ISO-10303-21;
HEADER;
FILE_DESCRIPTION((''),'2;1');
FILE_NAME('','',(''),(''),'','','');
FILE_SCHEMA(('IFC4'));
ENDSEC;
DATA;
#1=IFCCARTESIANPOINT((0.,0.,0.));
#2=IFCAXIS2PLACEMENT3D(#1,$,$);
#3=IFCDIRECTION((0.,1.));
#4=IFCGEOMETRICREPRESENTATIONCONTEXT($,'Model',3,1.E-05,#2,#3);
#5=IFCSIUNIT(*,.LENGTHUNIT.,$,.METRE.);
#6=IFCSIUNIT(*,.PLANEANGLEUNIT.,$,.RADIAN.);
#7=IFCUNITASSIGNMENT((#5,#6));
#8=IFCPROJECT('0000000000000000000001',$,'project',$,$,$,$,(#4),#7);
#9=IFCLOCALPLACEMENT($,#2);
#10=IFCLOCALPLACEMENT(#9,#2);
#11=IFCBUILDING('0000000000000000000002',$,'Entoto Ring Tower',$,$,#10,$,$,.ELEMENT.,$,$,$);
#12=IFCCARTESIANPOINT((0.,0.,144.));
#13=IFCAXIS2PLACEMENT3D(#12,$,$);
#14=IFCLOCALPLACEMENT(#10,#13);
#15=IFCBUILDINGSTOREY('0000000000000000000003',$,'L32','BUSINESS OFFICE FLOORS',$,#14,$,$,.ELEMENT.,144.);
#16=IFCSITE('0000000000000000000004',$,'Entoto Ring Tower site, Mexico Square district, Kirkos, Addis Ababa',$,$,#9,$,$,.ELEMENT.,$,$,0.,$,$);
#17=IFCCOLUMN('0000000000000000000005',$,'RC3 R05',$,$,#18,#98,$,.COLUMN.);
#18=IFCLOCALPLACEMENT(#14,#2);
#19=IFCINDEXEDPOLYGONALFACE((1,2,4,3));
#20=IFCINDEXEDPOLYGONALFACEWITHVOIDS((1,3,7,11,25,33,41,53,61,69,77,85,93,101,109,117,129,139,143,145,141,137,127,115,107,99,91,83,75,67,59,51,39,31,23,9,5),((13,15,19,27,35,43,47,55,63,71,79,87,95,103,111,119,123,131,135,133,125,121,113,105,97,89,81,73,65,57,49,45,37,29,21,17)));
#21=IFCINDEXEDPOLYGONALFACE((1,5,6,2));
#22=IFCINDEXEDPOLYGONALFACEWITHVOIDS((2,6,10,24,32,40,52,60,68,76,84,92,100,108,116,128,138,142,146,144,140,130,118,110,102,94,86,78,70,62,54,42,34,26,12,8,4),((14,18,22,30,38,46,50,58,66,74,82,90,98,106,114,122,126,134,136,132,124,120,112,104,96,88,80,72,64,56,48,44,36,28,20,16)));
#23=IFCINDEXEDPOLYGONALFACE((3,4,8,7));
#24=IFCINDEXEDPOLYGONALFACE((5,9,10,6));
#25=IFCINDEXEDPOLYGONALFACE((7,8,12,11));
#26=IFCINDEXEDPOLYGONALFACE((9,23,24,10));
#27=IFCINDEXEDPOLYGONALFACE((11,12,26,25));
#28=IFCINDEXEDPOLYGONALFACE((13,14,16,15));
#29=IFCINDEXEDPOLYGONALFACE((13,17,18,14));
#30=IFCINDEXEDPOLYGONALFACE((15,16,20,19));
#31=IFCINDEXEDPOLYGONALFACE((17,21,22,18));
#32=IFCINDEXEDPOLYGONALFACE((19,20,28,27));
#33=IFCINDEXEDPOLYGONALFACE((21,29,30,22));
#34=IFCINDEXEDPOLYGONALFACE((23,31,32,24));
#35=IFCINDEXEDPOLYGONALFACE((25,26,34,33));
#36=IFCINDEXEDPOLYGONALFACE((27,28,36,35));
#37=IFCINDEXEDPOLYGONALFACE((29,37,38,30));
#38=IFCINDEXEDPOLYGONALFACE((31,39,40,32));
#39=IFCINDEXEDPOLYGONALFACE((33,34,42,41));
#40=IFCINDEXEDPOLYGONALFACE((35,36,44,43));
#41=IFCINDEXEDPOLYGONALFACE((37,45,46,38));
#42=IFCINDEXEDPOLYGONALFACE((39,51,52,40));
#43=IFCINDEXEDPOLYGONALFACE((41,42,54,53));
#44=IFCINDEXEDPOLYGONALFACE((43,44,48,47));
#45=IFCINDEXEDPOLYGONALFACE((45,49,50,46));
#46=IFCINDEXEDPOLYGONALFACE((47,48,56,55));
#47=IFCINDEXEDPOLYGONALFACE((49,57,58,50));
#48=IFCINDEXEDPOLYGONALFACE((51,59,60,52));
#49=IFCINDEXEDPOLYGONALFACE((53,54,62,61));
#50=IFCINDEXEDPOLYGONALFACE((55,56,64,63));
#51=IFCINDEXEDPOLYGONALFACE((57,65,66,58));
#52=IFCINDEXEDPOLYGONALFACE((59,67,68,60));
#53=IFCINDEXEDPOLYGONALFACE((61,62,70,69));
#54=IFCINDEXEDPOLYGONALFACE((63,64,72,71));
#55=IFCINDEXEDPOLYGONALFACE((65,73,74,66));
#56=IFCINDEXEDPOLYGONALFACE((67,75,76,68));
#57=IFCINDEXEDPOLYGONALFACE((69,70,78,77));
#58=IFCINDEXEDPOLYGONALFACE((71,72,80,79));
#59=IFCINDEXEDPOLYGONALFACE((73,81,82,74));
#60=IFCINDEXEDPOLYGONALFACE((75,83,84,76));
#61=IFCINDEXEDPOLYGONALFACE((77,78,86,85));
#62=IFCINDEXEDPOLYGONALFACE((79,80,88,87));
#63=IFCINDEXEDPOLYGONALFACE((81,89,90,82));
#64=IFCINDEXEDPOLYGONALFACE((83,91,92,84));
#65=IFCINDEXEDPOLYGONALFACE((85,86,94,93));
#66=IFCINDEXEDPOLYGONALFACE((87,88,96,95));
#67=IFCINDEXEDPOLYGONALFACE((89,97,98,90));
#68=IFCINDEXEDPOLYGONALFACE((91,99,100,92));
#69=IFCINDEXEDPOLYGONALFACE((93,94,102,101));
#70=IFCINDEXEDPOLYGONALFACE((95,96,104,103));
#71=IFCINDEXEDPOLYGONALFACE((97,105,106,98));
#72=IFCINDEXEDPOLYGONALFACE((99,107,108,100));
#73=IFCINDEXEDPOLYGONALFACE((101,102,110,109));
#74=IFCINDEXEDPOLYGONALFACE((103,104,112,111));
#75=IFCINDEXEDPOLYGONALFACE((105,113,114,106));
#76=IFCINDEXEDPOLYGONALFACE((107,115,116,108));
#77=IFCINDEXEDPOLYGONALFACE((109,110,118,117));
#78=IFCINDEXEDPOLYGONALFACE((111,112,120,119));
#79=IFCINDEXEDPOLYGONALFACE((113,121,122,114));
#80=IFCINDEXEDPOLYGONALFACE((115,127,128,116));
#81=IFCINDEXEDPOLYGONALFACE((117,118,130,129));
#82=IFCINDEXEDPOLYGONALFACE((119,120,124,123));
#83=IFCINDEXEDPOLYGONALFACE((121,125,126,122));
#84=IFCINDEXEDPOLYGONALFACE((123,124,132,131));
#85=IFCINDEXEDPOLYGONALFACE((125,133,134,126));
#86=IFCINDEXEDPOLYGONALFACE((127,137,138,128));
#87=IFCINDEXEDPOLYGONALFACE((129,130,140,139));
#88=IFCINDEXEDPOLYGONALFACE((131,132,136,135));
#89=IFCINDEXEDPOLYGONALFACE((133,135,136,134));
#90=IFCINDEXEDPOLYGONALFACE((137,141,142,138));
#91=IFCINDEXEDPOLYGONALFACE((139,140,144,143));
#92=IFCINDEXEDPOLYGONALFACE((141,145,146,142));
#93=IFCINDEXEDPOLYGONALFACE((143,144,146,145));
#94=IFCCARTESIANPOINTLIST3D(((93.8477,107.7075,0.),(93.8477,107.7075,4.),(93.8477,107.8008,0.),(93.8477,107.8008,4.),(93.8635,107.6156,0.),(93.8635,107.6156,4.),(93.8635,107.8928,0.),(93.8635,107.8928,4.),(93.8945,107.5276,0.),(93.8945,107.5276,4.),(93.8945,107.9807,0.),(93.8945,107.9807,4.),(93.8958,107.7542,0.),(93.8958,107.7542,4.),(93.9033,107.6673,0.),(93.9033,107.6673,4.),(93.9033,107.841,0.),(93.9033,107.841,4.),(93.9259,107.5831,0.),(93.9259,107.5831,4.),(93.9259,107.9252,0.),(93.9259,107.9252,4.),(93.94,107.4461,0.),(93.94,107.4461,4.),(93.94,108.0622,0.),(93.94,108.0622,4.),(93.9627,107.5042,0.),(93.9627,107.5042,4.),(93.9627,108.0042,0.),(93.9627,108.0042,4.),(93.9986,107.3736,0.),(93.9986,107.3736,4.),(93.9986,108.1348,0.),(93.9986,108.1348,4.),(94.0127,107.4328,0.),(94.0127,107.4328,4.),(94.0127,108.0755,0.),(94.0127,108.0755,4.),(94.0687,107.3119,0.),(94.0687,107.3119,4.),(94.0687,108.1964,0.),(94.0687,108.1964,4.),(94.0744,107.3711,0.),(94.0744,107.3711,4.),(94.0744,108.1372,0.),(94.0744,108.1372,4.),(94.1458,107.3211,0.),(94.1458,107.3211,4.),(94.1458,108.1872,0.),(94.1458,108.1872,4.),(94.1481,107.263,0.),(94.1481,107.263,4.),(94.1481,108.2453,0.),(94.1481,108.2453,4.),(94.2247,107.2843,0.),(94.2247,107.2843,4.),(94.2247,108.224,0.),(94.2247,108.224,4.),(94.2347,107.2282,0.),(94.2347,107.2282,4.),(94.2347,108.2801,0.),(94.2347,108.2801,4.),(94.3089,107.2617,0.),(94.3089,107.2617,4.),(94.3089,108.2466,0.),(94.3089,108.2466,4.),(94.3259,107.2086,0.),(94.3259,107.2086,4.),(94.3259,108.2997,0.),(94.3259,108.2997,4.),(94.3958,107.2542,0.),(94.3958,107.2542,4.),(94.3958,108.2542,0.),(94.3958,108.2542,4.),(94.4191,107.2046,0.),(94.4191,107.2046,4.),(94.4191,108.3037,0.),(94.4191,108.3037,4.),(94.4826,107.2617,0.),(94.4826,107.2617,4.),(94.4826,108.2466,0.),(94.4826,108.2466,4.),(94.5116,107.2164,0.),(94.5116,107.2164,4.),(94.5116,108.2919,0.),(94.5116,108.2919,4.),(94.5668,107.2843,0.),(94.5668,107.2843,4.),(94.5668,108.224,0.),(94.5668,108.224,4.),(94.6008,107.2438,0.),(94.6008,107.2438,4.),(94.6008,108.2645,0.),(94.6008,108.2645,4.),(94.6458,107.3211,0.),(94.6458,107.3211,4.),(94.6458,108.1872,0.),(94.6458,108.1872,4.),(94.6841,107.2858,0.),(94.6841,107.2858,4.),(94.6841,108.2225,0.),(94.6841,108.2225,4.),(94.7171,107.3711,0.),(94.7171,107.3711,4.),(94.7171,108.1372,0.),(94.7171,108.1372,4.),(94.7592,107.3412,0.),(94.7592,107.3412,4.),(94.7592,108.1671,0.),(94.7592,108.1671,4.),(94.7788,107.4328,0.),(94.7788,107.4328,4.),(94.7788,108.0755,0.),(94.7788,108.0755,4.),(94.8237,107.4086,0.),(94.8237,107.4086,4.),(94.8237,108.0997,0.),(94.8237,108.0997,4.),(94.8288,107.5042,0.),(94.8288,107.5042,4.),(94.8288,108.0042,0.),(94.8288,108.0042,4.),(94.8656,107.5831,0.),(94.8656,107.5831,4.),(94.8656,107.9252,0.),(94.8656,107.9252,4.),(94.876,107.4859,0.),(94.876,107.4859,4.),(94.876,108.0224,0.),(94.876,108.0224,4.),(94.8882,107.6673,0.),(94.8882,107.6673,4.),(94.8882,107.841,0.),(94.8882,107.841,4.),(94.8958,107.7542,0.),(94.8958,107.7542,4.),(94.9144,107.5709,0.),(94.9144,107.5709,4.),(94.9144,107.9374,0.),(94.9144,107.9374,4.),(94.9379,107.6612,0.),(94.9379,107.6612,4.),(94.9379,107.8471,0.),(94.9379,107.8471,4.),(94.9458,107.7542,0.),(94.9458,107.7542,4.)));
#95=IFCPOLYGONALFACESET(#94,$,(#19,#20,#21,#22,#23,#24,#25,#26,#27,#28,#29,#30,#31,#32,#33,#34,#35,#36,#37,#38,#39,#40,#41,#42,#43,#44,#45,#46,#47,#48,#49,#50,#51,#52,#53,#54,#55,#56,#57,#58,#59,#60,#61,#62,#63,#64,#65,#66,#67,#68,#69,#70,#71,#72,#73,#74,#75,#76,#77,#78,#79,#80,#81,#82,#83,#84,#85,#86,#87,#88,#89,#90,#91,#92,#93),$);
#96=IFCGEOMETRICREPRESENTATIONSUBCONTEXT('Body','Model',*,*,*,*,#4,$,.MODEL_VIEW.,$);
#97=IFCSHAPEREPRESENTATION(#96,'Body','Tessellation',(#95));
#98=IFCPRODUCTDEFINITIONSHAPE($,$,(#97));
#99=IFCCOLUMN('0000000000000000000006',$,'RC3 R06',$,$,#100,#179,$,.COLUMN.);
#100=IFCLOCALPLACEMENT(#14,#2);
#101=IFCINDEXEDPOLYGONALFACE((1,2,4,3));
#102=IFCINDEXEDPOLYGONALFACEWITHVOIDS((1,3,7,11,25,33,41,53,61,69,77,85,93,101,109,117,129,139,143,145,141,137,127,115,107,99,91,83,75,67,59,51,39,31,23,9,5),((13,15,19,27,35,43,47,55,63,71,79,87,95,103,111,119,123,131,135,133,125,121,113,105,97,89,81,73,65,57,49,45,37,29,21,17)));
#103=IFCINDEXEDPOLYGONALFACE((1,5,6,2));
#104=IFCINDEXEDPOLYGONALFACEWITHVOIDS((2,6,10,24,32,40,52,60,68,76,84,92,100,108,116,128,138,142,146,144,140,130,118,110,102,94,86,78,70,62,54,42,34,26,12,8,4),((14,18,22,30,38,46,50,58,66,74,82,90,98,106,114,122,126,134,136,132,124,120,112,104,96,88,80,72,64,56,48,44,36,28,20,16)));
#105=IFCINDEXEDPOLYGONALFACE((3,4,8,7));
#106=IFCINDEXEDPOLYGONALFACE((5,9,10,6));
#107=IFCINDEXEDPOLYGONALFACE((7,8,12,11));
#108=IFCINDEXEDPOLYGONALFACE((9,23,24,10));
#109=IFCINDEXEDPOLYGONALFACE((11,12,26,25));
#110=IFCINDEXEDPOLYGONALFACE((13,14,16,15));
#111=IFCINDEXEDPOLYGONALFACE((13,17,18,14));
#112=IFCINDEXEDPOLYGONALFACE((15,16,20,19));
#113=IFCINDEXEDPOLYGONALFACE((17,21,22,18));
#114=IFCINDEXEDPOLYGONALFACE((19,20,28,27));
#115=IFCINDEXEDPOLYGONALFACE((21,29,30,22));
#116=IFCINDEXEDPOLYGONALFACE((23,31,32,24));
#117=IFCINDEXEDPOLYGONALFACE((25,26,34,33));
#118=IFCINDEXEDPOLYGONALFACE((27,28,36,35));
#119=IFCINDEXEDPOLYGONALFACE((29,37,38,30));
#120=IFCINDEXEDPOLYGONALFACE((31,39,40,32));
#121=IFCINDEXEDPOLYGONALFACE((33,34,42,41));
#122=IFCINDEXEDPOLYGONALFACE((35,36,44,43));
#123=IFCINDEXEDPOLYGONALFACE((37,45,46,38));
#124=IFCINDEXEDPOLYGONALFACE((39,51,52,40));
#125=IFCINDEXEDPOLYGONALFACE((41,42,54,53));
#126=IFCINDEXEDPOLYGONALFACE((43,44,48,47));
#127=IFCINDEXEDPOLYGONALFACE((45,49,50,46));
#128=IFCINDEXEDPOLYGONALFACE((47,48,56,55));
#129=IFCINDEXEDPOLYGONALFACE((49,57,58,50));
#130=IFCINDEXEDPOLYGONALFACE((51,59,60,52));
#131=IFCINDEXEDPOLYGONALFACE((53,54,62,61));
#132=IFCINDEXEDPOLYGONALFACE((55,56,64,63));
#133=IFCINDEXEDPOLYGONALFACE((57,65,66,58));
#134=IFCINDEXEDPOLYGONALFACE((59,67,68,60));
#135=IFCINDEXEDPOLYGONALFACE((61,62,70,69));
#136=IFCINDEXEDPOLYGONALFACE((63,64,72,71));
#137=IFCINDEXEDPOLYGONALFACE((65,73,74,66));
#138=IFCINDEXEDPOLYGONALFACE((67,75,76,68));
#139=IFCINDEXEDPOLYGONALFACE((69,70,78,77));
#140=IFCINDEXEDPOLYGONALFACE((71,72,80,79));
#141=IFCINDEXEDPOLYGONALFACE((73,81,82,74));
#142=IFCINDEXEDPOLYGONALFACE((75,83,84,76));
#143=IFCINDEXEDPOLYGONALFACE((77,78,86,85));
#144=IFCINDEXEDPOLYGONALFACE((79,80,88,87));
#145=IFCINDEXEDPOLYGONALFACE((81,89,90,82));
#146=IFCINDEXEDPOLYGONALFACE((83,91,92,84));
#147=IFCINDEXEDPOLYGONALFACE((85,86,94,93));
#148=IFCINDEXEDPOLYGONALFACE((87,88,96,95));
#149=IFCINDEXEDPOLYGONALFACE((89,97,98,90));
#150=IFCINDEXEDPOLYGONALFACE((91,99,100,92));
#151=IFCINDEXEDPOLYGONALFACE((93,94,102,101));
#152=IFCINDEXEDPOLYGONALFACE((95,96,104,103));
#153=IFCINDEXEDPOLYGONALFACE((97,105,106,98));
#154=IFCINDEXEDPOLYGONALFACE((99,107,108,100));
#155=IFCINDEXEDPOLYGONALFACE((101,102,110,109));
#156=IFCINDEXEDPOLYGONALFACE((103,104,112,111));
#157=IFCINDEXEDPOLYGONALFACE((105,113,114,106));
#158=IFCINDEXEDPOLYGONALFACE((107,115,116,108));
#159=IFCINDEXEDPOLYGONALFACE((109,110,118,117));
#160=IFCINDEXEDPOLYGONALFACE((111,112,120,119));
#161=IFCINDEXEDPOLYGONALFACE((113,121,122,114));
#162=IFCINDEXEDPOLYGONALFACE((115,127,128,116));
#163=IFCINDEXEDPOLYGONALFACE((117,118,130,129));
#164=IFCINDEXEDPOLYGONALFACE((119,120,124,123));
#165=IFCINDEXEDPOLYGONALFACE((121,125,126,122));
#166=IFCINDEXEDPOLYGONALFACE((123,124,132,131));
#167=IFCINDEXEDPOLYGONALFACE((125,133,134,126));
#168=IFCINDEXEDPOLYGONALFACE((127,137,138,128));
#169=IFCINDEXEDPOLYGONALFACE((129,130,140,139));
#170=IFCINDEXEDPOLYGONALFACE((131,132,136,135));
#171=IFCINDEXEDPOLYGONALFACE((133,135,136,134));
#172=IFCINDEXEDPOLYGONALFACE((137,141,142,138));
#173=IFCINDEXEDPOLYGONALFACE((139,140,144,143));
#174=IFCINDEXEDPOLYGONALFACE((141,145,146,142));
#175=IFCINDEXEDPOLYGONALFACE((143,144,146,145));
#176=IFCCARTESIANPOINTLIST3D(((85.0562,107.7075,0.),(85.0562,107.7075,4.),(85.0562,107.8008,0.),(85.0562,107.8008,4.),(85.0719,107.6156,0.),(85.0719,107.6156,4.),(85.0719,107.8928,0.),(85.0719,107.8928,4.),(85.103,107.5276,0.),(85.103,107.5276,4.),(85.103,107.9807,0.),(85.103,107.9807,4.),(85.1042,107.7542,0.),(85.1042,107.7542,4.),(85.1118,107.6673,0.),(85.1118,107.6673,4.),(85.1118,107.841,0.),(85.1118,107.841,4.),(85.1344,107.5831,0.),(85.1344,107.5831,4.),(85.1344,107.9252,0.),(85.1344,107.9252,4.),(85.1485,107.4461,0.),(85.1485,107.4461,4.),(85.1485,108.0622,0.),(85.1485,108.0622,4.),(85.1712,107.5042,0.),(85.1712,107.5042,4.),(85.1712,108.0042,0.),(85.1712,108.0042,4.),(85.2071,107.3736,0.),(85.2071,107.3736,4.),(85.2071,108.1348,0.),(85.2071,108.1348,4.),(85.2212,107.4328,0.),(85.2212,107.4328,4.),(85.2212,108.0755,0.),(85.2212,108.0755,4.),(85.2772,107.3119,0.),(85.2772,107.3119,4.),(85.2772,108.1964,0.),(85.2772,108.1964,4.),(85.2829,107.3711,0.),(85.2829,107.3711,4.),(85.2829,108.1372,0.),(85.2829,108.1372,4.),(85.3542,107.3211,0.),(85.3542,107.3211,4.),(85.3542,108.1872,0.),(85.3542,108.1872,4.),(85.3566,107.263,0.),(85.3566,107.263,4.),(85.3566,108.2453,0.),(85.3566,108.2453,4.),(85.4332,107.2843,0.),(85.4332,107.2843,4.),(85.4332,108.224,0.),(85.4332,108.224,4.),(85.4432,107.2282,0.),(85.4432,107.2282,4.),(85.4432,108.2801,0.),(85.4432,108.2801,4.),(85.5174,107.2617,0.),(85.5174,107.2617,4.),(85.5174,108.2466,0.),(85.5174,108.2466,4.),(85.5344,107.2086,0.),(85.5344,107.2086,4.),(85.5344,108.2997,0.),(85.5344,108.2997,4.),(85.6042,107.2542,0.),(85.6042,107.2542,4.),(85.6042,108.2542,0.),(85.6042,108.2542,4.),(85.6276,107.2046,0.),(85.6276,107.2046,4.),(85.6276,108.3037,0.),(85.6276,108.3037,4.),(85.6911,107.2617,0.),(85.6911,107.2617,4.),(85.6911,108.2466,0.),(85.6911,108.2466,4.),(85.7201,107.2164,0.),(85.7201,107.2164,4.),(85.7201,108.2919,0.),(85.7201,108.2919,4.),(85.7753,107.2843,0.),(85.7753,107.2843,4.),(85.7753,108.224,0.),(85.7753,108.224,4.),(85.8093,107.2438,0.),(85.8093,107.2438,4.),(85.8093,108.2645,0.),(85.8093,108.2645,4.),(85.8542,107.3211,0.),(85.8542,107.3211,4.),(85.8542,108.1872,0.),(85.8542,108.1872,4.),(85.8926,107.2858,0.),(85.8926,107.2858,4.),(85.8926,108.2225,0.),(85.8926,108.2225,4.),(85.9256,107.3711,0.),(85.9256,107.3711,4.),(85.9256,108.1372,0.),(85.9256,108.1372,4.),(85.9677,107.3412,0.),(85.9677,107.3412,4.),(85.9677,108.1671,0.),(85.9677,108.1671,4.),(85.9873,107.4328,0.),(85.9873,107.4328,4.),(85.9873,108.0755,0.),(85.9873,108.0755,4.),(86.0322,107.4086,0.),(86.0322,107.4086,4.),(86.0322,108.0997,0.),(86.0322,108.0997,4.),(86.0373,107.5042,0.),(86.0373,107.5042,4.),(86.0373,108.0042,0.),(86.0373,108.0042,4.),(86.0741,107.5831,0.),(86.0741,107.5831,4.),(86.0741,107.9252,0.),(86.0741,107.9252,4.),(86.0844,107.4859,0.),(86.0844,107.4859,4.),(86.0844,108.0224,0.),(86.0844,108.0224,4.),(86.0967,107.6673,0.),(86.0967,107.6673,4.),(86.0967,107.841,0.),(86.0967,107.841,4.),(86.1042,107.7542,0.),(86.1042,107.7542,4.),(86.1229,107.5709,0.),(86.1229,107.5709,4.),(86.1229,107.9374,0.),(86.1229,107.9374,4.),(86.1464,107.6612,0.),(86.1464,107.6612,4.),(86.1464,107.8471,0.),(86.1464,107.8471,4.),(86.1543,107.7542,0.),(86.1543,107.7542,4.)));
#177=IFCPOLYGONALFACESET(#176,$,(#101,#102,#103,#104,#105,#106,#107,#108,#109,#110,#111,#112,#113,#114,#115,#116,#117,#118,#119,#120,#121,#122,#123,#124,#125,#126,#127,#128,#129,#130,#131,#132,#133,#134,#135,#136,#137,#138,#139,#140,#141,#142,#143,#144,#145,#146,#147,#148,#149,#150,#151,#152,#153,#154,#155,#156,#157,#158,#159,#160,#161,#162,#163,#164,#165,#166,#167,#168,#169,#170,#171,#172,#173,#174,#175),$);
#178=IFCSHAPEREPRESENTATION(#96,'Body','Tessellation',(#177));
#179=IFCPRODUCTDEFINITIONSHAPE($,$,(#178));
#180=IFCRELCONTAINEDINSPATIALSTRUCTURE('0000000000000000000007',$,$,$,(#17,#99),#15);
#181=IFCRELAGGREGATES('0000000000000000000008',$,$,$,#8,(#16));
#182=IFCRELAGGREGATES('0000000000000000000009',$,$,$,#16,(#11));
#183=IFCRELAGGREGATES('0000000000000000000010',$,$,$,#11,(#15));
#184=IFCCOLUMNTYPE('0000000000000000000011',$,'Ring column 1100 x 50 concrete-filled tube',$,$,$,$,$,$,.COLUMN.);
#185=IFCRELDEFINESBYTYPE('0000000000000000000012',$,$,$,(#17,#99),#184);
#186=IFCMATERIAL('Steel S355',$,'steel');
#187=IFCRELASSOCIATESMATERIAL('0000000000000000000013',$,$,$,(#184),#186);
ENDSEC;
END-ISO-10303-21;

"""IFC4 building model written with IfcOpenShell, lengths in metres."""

from ifc_helpers import new_model, si_unit, direction, frame, origin, origin_2d, place, context, subcontext, project, spatial, circle, hollow_circle, extrude, material, material_profile, profile_set, type_object, element, save


model = new_model("IFC4")

# Units and contexts
model_context = context("Model", 3, precision=1e-05, world=origin(), true_north=direction((0.0, 1.0)))
body_context = subcontext(model_context, "Body", "Model", "MODEL_VIEW")
ifc_project = project(units=[si_unit("LENGTHUNIT", "METRE"), si_unit("PLANEANGLEUNIT", "RADIAN")], contexts=[model_context])

# Site, building, storey
site_placement = place(None, origin())
site = spatial("IfcSite", under=ifc_project, at=site_placement, Name="Entoto Ring Tower site, Mexico Square district, Kirkos, Addis Ababa", CompositionType="ELEMENT", RefElevation=0.0)
building_placement = place(site_placement, origin())
building = spatial("IfcBuilding", under=site, at=building_placement, Name="Entoto Ring Tower", CompositionType="ELEMENT")
storey_placement = place(building_placement, frame((0.0, 0.0, 144.0)))
storey = spatial("IfcBuildingStorey", under=building, at=storey_placement, Name="L32", Description="BUSINESS OFFICE FLOORS", CompositionType="ELEMENT", Elevation=144.0)

# Columns
ifc_material_1 = material(Name="Steel S355", Category="steel")
ifc_material_profile_1 = material_profile(ifc_material_1, hollow_circle(Radius=0.55, WallThickness=0.05, at=origin_2d()), Name="CHS 1100 x 50")
ifc_material_2 = material(Name="Concrete C60/75", Category="concrete")
ifc_material_profile_2 = material_profile(ifc_material_2, circle(Radius=0.5, at=origin_2d()), Name="Concrete C60/75 infill")
ifc_profile_set_1 = profile_set([ifc_material_profile_1, ifc_material_profile_2], Name="Steel S355")
column_type = type_object("IfcColumnType", Name="Ring column 1100 x 50 concrete-filled tube", PredefinedType="COLUMN", material=ifc_profile_set_1)
for number, where, z_axis, x_axis, name in (
    (1, (94.3958, 107.7542, 0.0), (0.0, 0.0, 1.0), (1.0, 0.0, 0.0), "RC3 R05"),
    (2, (85.6042, 107.7542, 0.0), (0.0, 0.0, 1.0), (1.0, 0.0, 0.0), "RC3 R06"),
):
    element("IfcColumn", number, at=place(storey_placement, frame(where, z_axis=z_axis, x_axis=x_axis)), inside=storey, type_object=column_type, Name=name, PredefinedType="COLUMN", context=body_context, shape_type="SweptSolid", body=[
        extrude(hollow_circle(Radius=0.55, WallThickness=0.05, at=origin_2d()), origin(), (0.0, 0.0, 1.0), 4.0),
    ])

save(model, "model.ifc")
